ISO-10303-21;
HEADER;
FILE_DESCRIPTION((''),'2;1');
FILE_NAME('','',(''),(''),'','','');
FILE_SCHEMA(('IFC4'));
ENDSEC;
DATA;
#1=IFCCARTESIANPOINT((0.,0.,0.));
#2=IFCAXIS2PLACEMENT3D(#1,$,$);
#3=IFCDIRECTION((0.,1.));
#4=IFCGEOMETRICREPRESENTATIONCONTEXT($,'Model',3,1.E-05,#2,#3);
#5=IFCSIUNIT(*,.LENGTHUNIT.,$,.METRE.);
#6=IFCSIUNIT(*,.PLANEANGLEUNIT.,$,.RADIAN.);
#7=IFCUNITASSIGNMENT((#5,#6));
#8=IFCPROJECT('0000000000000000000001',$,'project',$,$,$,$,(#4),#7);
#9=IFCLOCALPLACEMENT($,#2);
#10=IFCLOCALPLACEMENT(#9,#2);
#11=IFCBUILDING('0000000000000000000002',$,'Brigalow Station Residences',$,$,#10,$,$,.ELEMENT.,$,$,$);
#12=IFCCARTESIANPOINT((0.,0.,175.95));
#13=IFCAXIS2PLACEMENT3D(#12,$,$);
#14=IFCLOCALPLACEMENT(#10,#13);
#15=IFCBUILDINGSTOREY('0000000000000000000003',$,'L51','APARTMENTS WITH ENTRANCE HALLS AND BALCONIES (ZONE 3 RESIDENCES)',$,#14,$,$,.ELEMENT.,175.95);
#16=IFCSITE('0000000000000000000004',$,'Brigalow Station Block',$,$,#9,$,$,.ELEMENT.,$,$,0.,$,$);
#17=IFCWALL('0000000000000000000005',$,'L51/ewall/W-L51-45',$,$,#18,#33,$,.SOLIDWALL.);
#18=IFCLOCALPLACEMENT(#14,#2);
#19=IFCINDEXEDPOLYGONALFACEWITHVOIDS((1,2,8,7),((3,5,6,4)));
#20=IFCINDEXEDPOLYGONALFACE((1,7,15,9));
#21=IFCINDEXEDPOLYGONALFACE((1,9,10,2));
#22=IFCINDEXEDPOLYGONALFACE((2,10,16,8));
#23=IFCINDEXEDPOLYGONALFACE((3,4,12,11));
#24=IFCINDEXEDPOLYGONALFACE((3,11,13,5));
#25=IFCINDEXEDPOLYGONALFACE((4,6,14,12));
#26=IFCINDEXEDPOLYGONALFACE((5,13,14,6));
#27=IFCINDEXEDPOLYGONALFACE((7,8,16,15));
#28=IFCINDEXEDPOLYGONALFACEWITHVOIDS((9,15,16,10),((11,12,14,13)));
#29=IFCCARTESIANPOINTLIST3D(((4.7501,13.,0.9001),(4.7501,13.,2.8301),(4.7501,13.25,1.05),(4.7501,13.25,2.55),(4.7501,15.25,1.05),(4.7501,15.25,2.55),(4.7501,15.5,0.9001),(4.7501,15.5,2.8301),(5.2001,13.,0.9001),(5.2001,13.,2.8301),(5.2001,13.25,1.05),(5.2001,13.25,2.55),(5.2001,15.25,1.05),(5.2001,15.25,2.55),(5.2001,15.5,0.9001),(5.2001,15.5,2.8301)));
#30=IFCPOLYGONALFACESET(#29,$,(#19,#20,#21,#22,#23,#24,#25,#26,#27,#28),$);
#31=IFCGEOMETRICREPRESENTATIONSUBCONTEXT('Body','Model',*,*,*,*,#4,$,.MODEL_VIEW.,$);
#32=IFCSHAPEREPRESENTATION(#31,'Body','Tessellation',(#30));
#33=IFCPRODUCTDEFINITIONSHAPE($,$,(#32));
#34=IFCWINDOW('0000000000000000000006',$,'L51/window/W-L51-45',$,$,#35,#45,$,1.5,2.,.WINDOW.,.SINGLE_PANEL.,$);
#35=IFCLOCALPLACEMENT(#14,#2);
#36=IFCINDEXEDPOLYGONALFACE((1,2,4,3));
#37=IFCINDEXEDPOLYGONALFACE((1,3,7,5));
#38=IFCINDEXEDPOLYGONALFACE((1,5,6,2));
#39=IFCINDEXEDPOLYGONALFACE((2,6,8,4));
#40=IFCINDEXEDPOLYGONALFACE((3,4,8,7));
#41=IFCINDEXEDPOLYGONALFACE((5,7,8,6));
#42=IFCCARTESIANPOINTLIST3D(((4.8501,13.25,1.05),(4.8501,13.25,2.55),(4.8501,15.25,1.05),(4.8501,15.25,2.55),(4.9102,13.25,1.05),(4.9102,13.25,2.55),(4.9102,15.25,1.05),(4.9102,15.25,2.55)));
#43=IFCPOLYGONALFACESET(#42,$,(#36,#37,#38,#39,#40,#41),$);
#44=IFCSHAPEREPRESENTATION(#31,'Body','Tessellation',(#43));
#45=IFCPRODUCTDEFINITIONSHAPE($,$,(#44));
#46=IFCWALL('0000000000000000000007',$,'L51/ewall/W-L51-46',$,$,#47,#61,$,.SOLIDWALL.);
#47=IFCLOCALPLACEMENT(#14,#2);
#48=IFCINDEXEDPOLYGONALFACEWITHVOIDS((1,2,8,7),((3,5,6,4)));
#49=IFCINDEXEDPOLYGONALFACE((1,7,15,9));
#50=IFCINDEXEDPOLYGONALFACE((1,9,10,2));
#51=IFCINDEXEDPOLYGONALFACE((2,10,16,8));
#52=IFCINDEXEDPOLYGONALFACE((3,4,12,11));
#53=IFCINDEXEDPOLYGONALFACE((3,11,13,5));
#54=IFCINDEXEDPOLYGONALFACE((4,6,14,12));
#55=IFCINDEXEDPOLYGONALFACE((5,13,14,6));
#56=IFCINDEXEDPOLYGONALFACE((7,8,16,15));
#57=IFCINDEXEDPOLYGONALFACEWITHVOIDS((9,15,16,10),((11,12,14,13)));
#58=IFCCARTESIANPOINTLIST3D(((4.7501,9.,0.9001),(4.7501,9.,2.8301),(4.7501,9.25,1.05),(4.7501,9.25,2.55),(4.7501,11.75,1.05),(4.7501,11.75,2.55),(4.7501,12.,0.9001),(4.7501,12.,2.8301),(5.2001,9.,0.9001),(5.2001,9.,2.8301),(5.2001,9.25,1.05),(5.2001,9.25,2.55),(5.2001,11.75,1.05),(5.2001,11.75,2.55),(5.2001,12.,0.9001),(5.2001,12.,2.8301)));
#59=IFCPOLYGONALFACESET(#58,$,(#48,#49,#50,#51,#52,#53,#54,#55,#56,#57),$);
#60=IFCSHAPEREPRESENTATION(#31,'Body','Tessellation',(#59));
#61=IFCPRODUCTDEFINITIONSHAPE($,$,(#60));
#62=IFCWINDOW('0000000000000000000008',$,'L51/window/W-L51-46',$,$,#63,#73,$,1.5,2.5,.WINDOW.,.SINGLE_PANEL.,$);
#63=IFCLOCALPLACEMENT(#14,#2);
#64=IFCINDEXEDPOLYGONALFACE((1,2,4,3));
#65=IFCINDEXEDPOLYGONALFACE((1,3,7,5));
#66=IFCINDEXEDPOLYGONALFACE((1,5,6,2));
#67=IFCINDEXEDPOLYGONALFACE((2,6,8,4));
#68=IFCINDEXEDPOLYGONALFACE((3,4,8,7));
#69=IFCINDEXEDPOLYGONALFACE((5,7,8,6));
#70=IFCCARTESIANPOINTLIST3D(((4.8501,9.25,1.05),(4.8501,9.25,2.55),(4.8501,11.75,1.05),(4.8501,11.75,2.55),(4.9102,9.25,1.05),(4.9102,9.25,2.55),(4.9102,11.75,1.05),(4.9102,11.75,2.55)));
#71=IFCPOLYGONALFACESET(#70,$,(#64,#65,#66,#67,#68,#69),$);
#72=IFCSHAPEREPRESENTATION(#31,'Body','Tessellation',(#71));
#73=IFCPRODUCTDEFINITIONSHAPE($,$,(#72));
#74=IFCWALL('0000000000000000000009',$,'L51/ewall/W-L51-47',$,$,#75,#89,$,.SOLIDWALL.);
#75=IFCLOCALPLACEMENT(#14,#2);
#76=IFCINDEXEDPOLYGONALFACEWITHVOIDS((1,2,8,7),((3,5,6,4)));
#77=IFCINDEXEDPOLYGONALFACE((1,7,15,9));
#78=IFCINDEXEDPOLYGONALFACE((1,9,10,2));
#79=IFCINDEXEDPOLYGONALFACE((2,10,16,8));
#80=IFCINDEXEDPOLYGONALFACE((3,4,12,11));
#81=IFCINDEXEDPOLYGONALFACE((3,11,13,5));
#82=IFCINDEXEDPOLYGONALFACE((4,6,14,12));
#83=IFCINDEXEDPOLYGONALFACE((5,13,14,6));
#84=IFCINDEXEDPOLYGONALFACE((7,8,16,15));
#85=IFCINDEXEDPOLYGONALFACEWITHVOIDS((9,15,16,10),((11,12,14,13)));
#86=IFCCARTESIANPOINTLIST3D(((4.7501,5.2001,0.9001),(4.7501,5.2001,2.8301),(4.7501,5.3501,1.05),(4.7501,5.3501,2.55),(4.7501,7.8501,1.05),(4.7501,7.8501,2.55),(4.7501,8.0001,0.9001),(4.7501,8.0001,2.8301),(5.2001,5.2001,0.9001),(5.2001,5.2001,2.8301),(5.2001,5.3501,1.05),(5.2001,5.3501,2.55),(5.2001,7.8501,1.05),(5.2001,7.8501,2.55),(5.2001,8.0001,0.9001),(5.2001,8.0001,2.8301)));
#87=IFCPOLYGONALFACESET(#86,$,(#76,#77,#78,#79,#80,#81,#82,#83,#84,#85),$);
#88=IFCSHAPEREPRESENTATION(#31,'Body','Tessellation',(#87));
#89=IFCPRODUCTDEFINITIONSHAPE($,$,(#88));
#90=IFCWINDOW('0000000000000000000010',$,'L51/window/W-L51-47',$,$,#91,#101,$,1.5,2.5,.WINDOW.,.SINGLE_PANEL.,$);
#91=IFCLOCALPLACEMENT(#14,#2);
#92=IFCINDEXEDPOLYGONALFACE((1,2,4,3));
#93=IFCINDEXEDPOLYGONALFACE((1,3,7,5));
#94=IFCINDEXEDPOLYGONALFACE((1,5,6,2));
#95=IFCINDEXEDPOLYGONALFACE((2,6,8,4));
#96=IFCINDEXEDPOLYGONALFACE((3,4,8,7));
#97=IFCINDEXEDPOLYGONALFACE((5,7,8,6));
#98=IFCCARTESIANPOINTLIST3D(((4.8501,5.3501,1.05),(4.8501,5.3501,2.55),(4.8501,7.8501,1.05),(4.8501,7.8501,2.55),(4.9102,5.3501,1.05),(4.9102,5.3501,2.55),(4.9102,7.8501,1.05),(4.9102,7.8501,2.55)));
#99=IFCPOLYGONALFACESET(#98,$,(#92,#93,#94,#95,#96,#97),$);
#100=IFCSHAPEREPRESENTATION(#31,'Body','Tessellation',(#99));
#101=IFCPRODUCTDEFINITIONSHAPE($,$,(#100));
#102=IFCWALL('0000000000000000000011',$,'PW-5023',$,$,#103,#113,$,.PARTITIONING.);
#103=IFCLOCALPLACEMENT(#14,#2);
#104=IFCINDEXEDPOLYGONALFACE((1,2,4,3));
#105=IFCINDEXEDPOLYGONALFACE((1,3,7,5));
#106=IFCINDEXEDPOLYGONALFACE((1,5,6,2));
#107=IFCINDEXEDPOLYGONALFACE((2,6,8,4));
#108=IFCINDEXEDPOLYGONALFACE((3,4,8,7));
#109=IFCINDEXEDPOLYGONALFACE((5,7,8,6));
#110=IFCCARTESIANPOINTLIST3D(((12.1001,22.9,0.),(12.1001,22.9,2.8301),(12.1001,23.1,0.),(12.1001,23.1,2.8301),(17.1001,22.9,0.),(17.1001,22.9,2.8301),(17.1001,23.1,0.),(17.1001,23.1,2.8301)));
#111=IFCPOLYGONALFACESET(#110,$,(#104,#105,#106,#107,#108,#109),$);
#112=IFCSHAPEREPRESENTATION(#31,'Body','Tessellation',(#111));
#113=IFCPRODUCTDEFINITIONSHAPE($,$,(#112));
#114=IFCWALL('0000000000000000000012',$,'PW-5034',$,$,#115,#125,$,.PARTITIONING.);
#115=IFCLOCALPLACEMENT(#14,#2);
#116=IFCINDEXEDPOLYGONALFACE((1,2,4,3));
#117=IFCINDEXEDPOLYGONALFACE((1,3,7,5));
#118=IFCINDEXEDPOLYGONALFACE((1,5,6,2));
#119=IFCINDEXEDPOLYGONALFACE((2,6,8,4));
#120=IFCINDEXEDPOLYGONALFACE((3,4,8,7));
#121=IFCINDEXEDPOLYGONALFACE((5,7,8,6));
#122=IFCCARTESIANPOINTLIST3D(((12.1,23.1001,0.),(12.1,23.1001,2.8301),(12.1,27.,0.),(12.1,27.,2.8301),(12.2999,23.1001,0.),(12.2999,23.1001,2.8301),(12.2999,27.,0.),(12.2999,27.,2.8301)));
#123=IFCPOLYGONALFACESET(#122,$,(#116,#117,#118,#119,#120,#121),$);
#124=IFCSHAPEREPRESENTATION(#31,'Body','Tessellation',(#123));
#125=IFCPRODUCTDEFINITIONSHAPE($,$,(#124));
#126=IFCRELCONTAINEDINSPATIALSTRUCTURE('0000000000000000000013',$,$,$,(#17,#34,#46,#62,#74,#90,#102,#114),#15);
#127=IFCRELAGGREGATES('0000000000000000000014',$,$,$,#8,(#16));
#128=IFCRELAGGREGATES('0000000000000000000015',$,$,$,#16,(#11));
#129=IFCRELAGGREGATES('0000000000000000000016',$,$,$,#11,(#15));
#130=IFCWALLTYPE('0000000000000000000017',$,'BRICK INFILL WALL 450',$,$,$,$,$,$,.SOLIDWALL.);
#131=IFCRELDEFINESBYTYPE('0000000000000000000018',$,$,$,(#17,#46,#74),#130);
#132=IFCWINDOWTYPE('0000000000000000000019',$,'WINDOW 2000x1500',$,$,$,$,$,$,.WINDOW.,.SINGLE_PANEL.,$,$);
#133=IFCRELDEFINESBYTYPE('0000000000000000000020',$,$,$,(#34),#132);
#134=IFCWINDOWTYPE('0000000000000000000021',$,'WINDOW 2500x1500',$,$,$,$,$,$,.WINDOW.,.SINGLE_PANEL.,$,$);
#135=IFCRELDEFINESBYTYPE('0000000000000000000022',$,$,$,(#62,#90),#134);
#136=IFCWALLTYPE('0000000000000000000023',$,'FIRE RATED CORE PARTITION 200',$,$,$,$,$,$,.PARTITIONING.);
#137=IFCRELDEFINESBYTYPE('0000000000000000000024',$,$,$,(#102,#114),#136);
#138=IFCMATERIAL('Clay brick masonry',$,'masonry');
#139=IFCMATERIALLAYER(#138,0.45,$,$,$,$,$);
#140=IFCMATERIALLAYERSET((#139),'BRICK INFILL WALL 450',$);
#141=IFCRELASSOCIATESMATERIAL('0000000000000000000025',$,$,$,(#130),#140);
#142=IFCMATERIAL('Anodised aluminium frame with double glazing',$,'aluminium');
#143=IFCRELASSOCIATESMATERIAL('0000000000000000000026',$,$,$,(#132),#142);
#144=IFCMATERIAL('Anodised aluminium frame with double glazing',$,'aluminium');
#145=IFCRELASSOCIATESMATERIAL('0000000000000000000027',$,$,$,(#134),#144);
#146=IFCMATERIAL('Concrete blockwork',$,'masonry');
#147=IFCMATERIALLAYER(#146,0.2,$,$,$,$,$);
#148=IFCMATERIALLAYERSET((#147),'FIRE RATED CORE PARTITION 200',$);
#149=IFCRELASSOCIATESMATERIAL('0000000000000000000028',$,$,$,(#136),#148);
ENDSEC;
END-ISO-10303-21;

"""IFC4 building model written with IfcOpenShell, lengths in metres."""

from ifc_helpers import new_model, si_unit, direction, frame, frame_2d, origin, place, context, subcontext, project, spatial, rectangle, extrude, material, layer, layer_set, type_object, element, fill, save


model = new_model("IFC4")

# Units and contexts
model_context = context("Model", 3, precision=1e-05, world=origin(), true_north=direction((0.0, 1.0)))
body_context = subcontext(model_context, "Body", "Model", "MODEL_VIEW")
ifc_project = project(units=[si_unit("LENGTHUNIT", "METRE"), si_unit("PLANEANGLEUNIT", "RADIAN")], contexts=[model_context])

# Site, building, storey
site_placement = place(None, origin())
site = spatial("IfcSite", under=ifc_project, at=site_placement, Name="Brigalow Station Block", CompositionType="ELEMENT", RefElevation=0.0)
building_placement = place(site_placement, origin())
building = spatial("IfcBuilding", under=site, at=building_placement, Name="Brigalow Station Residences", CompositionType="ELEMENT")
storey_placement = place(building_placement, frame((0.0, 0.0, 175.95)))
storey = spatial("IfcBuildingStorey", under=building, at=storey_placement, Name="L51", Description="APARTMENTS WITH ENTRANCE HALLS AND BALCONIES (ZONE 3 RESIDENCES)", CompositionType="ELEMENT", Elevation=175.95)

# Shared definitions
ifc_material_1 = material(Name="Clay brick masonry", Category="masonry")
ifc_layer_1 = layer(ifc_material_1, 0.45)
ifc_layer_set_1 = layer_set([ifc_layer_1], Name="BRICK INFILL WALL 450")
wall_type_1 = type_object("IfcWallType", Name="BRICK INFILL WALL 450", PredefinedType="SOLIDWALL", material=ifc_layer_set_1)

# Walls, openings, windows
wall_1_placement = place(storey_placement, frame((4.9751, 15.5, 0.9001), z_axis=(0.0, 0.0, 1.0), x_axis=(0.0, -1.0, 0.0)))
wall_1 = element("IfcWall", 1, at=wall_1_placement, inside=storey, type_object=wall_type_1, Name="L51/ewall/W-L51-45", PredefinedType="SOLIDWALL", context=body_context, shape_type="SweptSolid", body=[
    extrude(rectangle(XDim=2.5, YDim=0.45, at=frame_2d((1.25, 0.0))), origin(), (0.0, 0.0, 1.0), 1.9299),
])
opening_1_placement = place(wall_1_placement, frame((0.25, 0.0, 0.1499)))
opening_1 = element("IfcOpeningElement", 2, at=opening_1_placement, cuts=wall_1, PredefinedType="OPENING", context=body_context, shape_type="SweptSolid", body=[
    extrude(rectangle(XDim=2.0, YDim=1.5, at=frame_2d((1.0, 0.75))), frame((0.0, 0.2349, 0.0), z_axis=(0.0, -1.0, 0.0), x_axis=(1.0, 0.0, 0.0)), (0.0, 0.0, 1.0), 0.47),
])
ifc_material_2 = material(Name="Anodised aluminium frame with double glazing", Category="aluminium")
window_type_1 = type_object("IfcWindowType", Name="WINDOW 2000x1500", PartitioningType="SINGLE_PANEL", PredefinedType="WINDOW", material=ifc_material_2)
window_1_placement = place(opening_1_placement, origin())
window_1 = element("IfcWindow", 3, at=window_1_placement, inside=storey, type_object=window_type_1, Name="L51/window/W-L51-45", OverallHeight=1.5, OverallWidth=2.0, PartitioningType="SINGLE_PANEL", PredefinedType="WINDOW", context=body_context, shape_type="SweptSolid", body=[
    extrude(rectangle(XDim=2.0, YDim=1.5, at=frame_2d((1.0, 0.75))), frame((0.0, -0.0649, 0.0), z_axis=(0.0, -1.0, 0.0), x_axis=(1.0, 0.0, 0.0)), (0.0, 0.0, 1.0), 0.0601),
])
fill(opening_1, window_1)
wall_2_placement = place(storey_placement, frame((4.9751, 12.0, 0.9001), z_axis=(0.0, 0.0, 1.0), x_axis=(0.0, -1.0, 0.0)))
wall_2 = element("IfcWall", 4, at=wall_2_placement, inside=storey, type_object=wall_type_1, Name="L51/ewall/W-L51-46", PredefinedType="SOLIDWALL", context=body_context, shape_type="SweptSolid", body=[
    extrude(rectangle(XDim=3.0, YDim=0.45, at=frame_2d((1.5, 0.0))), origin(), (0.0, 0.0, 1.0), 1.9299),
])
opening_2_placement = place(wall_2_placement, frame((0.25, 0.0, 0.1499)))
opening_2 = element("IfcOpeningElement", 5, at=opening_2_placement, cuts=wall_2, PredefinedType="OPENING", context=body_context, shape_type="SweptSolid", body=[
    extrude(rectangle(XDim=2.5, YDim=1.5, at=frame_2d((1.25, 0.75))), frame((0.0, 0.2349, 0.0), z_axis=(0.0, -1.0, 0.0), x_axis=(1.0, 0.0, 0.0)), (0.0, 0.0, 1.0), 0.47),
])
ifc_material_3 = material(Name="Anodised aluminium frame with double glazing", Category="aluminium")
window_type_2 = type_object("IfcWindowType", Name="WINDOW 2500x1500", PartitioningType="SINGLE_PANEL", PredefinedType="WINDOW", material=ifc_material_3)
window_2_placement = place(opening_2_placement, origin())
window_2 = element("IfcWindow", 6, at=window_2_placement, inside=storey, type_object=window_type_2, Name="L51/window/W-L51-46", OverallHeight=1.5, OverallWidth=2.5, PartitioningType="SINGLE_PANEL", PredefinedType="WINDOW", context=body_context, shape_type="SweptSolid", body=[
    extrude(rectangle(XDim=2.5, YDim=1.5, at=frame_2d((1.25, 0.75))), frame((0.0, -0.0649, 0.0), z_axis=(0.0, -1.0, 0.0), x_axis=(1.0, 0.0, 0.0)), (0.0, 0.0, 1.0), 0.0601),
])
fill(opening_2, window_2)
wall_3_placement = place(storey_placement, frame((4.9751, 8.0, 0.9001), z_axis=(0.0, 0.0, 1.0), x_axis=(0.0, -1.0, 0.0)))
wall_3 = element("IfcWall", 7, at=wall_3_placement, inside=storey, type_object=wall_type_1, Name="L51/ewall/W-L51-47", PredefinedType="SOLIDWALL", context=body_context, shape_type="SweptSolid", body=[
    extrude(rectangle(XDim=2.8, YDim=0.45, at=frame_2d((1.3999, 0.0))), origin(), (0.0, 0.0, 1.0), 1.9299),
])
opening_3_placement = place(wall_3_placement, frame((0.1499, 0.0, 0.1499)))
opening_3 = element("IfcOpeningElement", 8, at=opening_3_placement, cuts=wall_3, PredefinedType="OPENING", context=body_context, shape_type="SweptSolid", body=[
    extrude(rectangle(XDim=2.5, YDim=1.5, at=frame_2d((1.25, 0.75))), frame((0.0, 0.2349, 0.0), z_axis=(0.0, -1.0, 0.0), x_axis=(1.0, 0.0, 0.0)), (0.0, 0.0, 1.0), 0.47),
])
window_3_placement = place(opening_3_placement, origin())
window_3 = element("IfcWindow", 9, at=window_3_placement, inside=storey, type_object=window_type_2, Name="L51/window/W-L51-47", OverallHeight=1.5, OverallWidth=2.5, PartitioningType="SINGLE_PANEL", PredefinedType="WINDOW", context=body_context, shape_type="SweptSolid", body=[
    extrude(rectangle(XDim=2.5, YDim=1.5, at=frame_2d((1.25, 0.75))), frame((0.0, -0.0649, 0.0), z_axis=(0.0, -1.0, 0.0), x_axis=(1.0, 0.0, 0.0)), (0.0, 0.0, 1.0), 0.0601),
])
fill(opening_3, window_3)

# Walls
ifc_material_4 = material(Name="Concrete blockwork", Category="masonry")
ifc_layer_2 = layer(ifc_material_4, 0.2)
ifc_layer_set_2 = layer_set([ifc_layer_2], Name="FIRE RATED CORE PARTITION 200")
wall_type_2 = type_object("IfcWallType", Name="FIRE RATED CORE PARTITION 200", PredefinedType="PARTITIONING", material=ifc_layer_set_2)
wall_4_placement = place(storey_placement, frame((12.1001, 23.0, 0.0), z_axis=(0.0, 0.0, 1.0), x_axis=(1.0, 0.0, 0.0)))
element("IfcWall", 10, at=wall_4_placement, inside=storey, type_object=wall_type_2, Name="PW-5023", PredefinedType="PARTITIONING", context=body_context, shape_type="SweptSolid", body=[
    extrude(rectangle(XDim=5.0, YDim=0.2, at=frame_2d((2.5, 0.0))), origin(), (0.0, 0.0, 1.0), 2.8301),
])
wall_5_placement = place(storey_placement, frame((12.2, 23.1001, 0.0), z_axis=(0.0, 0.0, 1.0), x_axis=(0.0, 1.0, 0.0)))
element("IfcWall", 11, at=wall_5_placement, inside=storey, type_object=wall_type_2, Name="PW-5034", PredefinedType="PARTITIONING", context=body_context, shape_type="SweptSolid", body=[
    extrude(rectangle(XDim=3.8999, YDim=0.2, at=frame_2d((1.95, 0.0))), origin(), (0.0, 0.0, 1.0), 2.8301),
])

save(model, "model.ifc")
